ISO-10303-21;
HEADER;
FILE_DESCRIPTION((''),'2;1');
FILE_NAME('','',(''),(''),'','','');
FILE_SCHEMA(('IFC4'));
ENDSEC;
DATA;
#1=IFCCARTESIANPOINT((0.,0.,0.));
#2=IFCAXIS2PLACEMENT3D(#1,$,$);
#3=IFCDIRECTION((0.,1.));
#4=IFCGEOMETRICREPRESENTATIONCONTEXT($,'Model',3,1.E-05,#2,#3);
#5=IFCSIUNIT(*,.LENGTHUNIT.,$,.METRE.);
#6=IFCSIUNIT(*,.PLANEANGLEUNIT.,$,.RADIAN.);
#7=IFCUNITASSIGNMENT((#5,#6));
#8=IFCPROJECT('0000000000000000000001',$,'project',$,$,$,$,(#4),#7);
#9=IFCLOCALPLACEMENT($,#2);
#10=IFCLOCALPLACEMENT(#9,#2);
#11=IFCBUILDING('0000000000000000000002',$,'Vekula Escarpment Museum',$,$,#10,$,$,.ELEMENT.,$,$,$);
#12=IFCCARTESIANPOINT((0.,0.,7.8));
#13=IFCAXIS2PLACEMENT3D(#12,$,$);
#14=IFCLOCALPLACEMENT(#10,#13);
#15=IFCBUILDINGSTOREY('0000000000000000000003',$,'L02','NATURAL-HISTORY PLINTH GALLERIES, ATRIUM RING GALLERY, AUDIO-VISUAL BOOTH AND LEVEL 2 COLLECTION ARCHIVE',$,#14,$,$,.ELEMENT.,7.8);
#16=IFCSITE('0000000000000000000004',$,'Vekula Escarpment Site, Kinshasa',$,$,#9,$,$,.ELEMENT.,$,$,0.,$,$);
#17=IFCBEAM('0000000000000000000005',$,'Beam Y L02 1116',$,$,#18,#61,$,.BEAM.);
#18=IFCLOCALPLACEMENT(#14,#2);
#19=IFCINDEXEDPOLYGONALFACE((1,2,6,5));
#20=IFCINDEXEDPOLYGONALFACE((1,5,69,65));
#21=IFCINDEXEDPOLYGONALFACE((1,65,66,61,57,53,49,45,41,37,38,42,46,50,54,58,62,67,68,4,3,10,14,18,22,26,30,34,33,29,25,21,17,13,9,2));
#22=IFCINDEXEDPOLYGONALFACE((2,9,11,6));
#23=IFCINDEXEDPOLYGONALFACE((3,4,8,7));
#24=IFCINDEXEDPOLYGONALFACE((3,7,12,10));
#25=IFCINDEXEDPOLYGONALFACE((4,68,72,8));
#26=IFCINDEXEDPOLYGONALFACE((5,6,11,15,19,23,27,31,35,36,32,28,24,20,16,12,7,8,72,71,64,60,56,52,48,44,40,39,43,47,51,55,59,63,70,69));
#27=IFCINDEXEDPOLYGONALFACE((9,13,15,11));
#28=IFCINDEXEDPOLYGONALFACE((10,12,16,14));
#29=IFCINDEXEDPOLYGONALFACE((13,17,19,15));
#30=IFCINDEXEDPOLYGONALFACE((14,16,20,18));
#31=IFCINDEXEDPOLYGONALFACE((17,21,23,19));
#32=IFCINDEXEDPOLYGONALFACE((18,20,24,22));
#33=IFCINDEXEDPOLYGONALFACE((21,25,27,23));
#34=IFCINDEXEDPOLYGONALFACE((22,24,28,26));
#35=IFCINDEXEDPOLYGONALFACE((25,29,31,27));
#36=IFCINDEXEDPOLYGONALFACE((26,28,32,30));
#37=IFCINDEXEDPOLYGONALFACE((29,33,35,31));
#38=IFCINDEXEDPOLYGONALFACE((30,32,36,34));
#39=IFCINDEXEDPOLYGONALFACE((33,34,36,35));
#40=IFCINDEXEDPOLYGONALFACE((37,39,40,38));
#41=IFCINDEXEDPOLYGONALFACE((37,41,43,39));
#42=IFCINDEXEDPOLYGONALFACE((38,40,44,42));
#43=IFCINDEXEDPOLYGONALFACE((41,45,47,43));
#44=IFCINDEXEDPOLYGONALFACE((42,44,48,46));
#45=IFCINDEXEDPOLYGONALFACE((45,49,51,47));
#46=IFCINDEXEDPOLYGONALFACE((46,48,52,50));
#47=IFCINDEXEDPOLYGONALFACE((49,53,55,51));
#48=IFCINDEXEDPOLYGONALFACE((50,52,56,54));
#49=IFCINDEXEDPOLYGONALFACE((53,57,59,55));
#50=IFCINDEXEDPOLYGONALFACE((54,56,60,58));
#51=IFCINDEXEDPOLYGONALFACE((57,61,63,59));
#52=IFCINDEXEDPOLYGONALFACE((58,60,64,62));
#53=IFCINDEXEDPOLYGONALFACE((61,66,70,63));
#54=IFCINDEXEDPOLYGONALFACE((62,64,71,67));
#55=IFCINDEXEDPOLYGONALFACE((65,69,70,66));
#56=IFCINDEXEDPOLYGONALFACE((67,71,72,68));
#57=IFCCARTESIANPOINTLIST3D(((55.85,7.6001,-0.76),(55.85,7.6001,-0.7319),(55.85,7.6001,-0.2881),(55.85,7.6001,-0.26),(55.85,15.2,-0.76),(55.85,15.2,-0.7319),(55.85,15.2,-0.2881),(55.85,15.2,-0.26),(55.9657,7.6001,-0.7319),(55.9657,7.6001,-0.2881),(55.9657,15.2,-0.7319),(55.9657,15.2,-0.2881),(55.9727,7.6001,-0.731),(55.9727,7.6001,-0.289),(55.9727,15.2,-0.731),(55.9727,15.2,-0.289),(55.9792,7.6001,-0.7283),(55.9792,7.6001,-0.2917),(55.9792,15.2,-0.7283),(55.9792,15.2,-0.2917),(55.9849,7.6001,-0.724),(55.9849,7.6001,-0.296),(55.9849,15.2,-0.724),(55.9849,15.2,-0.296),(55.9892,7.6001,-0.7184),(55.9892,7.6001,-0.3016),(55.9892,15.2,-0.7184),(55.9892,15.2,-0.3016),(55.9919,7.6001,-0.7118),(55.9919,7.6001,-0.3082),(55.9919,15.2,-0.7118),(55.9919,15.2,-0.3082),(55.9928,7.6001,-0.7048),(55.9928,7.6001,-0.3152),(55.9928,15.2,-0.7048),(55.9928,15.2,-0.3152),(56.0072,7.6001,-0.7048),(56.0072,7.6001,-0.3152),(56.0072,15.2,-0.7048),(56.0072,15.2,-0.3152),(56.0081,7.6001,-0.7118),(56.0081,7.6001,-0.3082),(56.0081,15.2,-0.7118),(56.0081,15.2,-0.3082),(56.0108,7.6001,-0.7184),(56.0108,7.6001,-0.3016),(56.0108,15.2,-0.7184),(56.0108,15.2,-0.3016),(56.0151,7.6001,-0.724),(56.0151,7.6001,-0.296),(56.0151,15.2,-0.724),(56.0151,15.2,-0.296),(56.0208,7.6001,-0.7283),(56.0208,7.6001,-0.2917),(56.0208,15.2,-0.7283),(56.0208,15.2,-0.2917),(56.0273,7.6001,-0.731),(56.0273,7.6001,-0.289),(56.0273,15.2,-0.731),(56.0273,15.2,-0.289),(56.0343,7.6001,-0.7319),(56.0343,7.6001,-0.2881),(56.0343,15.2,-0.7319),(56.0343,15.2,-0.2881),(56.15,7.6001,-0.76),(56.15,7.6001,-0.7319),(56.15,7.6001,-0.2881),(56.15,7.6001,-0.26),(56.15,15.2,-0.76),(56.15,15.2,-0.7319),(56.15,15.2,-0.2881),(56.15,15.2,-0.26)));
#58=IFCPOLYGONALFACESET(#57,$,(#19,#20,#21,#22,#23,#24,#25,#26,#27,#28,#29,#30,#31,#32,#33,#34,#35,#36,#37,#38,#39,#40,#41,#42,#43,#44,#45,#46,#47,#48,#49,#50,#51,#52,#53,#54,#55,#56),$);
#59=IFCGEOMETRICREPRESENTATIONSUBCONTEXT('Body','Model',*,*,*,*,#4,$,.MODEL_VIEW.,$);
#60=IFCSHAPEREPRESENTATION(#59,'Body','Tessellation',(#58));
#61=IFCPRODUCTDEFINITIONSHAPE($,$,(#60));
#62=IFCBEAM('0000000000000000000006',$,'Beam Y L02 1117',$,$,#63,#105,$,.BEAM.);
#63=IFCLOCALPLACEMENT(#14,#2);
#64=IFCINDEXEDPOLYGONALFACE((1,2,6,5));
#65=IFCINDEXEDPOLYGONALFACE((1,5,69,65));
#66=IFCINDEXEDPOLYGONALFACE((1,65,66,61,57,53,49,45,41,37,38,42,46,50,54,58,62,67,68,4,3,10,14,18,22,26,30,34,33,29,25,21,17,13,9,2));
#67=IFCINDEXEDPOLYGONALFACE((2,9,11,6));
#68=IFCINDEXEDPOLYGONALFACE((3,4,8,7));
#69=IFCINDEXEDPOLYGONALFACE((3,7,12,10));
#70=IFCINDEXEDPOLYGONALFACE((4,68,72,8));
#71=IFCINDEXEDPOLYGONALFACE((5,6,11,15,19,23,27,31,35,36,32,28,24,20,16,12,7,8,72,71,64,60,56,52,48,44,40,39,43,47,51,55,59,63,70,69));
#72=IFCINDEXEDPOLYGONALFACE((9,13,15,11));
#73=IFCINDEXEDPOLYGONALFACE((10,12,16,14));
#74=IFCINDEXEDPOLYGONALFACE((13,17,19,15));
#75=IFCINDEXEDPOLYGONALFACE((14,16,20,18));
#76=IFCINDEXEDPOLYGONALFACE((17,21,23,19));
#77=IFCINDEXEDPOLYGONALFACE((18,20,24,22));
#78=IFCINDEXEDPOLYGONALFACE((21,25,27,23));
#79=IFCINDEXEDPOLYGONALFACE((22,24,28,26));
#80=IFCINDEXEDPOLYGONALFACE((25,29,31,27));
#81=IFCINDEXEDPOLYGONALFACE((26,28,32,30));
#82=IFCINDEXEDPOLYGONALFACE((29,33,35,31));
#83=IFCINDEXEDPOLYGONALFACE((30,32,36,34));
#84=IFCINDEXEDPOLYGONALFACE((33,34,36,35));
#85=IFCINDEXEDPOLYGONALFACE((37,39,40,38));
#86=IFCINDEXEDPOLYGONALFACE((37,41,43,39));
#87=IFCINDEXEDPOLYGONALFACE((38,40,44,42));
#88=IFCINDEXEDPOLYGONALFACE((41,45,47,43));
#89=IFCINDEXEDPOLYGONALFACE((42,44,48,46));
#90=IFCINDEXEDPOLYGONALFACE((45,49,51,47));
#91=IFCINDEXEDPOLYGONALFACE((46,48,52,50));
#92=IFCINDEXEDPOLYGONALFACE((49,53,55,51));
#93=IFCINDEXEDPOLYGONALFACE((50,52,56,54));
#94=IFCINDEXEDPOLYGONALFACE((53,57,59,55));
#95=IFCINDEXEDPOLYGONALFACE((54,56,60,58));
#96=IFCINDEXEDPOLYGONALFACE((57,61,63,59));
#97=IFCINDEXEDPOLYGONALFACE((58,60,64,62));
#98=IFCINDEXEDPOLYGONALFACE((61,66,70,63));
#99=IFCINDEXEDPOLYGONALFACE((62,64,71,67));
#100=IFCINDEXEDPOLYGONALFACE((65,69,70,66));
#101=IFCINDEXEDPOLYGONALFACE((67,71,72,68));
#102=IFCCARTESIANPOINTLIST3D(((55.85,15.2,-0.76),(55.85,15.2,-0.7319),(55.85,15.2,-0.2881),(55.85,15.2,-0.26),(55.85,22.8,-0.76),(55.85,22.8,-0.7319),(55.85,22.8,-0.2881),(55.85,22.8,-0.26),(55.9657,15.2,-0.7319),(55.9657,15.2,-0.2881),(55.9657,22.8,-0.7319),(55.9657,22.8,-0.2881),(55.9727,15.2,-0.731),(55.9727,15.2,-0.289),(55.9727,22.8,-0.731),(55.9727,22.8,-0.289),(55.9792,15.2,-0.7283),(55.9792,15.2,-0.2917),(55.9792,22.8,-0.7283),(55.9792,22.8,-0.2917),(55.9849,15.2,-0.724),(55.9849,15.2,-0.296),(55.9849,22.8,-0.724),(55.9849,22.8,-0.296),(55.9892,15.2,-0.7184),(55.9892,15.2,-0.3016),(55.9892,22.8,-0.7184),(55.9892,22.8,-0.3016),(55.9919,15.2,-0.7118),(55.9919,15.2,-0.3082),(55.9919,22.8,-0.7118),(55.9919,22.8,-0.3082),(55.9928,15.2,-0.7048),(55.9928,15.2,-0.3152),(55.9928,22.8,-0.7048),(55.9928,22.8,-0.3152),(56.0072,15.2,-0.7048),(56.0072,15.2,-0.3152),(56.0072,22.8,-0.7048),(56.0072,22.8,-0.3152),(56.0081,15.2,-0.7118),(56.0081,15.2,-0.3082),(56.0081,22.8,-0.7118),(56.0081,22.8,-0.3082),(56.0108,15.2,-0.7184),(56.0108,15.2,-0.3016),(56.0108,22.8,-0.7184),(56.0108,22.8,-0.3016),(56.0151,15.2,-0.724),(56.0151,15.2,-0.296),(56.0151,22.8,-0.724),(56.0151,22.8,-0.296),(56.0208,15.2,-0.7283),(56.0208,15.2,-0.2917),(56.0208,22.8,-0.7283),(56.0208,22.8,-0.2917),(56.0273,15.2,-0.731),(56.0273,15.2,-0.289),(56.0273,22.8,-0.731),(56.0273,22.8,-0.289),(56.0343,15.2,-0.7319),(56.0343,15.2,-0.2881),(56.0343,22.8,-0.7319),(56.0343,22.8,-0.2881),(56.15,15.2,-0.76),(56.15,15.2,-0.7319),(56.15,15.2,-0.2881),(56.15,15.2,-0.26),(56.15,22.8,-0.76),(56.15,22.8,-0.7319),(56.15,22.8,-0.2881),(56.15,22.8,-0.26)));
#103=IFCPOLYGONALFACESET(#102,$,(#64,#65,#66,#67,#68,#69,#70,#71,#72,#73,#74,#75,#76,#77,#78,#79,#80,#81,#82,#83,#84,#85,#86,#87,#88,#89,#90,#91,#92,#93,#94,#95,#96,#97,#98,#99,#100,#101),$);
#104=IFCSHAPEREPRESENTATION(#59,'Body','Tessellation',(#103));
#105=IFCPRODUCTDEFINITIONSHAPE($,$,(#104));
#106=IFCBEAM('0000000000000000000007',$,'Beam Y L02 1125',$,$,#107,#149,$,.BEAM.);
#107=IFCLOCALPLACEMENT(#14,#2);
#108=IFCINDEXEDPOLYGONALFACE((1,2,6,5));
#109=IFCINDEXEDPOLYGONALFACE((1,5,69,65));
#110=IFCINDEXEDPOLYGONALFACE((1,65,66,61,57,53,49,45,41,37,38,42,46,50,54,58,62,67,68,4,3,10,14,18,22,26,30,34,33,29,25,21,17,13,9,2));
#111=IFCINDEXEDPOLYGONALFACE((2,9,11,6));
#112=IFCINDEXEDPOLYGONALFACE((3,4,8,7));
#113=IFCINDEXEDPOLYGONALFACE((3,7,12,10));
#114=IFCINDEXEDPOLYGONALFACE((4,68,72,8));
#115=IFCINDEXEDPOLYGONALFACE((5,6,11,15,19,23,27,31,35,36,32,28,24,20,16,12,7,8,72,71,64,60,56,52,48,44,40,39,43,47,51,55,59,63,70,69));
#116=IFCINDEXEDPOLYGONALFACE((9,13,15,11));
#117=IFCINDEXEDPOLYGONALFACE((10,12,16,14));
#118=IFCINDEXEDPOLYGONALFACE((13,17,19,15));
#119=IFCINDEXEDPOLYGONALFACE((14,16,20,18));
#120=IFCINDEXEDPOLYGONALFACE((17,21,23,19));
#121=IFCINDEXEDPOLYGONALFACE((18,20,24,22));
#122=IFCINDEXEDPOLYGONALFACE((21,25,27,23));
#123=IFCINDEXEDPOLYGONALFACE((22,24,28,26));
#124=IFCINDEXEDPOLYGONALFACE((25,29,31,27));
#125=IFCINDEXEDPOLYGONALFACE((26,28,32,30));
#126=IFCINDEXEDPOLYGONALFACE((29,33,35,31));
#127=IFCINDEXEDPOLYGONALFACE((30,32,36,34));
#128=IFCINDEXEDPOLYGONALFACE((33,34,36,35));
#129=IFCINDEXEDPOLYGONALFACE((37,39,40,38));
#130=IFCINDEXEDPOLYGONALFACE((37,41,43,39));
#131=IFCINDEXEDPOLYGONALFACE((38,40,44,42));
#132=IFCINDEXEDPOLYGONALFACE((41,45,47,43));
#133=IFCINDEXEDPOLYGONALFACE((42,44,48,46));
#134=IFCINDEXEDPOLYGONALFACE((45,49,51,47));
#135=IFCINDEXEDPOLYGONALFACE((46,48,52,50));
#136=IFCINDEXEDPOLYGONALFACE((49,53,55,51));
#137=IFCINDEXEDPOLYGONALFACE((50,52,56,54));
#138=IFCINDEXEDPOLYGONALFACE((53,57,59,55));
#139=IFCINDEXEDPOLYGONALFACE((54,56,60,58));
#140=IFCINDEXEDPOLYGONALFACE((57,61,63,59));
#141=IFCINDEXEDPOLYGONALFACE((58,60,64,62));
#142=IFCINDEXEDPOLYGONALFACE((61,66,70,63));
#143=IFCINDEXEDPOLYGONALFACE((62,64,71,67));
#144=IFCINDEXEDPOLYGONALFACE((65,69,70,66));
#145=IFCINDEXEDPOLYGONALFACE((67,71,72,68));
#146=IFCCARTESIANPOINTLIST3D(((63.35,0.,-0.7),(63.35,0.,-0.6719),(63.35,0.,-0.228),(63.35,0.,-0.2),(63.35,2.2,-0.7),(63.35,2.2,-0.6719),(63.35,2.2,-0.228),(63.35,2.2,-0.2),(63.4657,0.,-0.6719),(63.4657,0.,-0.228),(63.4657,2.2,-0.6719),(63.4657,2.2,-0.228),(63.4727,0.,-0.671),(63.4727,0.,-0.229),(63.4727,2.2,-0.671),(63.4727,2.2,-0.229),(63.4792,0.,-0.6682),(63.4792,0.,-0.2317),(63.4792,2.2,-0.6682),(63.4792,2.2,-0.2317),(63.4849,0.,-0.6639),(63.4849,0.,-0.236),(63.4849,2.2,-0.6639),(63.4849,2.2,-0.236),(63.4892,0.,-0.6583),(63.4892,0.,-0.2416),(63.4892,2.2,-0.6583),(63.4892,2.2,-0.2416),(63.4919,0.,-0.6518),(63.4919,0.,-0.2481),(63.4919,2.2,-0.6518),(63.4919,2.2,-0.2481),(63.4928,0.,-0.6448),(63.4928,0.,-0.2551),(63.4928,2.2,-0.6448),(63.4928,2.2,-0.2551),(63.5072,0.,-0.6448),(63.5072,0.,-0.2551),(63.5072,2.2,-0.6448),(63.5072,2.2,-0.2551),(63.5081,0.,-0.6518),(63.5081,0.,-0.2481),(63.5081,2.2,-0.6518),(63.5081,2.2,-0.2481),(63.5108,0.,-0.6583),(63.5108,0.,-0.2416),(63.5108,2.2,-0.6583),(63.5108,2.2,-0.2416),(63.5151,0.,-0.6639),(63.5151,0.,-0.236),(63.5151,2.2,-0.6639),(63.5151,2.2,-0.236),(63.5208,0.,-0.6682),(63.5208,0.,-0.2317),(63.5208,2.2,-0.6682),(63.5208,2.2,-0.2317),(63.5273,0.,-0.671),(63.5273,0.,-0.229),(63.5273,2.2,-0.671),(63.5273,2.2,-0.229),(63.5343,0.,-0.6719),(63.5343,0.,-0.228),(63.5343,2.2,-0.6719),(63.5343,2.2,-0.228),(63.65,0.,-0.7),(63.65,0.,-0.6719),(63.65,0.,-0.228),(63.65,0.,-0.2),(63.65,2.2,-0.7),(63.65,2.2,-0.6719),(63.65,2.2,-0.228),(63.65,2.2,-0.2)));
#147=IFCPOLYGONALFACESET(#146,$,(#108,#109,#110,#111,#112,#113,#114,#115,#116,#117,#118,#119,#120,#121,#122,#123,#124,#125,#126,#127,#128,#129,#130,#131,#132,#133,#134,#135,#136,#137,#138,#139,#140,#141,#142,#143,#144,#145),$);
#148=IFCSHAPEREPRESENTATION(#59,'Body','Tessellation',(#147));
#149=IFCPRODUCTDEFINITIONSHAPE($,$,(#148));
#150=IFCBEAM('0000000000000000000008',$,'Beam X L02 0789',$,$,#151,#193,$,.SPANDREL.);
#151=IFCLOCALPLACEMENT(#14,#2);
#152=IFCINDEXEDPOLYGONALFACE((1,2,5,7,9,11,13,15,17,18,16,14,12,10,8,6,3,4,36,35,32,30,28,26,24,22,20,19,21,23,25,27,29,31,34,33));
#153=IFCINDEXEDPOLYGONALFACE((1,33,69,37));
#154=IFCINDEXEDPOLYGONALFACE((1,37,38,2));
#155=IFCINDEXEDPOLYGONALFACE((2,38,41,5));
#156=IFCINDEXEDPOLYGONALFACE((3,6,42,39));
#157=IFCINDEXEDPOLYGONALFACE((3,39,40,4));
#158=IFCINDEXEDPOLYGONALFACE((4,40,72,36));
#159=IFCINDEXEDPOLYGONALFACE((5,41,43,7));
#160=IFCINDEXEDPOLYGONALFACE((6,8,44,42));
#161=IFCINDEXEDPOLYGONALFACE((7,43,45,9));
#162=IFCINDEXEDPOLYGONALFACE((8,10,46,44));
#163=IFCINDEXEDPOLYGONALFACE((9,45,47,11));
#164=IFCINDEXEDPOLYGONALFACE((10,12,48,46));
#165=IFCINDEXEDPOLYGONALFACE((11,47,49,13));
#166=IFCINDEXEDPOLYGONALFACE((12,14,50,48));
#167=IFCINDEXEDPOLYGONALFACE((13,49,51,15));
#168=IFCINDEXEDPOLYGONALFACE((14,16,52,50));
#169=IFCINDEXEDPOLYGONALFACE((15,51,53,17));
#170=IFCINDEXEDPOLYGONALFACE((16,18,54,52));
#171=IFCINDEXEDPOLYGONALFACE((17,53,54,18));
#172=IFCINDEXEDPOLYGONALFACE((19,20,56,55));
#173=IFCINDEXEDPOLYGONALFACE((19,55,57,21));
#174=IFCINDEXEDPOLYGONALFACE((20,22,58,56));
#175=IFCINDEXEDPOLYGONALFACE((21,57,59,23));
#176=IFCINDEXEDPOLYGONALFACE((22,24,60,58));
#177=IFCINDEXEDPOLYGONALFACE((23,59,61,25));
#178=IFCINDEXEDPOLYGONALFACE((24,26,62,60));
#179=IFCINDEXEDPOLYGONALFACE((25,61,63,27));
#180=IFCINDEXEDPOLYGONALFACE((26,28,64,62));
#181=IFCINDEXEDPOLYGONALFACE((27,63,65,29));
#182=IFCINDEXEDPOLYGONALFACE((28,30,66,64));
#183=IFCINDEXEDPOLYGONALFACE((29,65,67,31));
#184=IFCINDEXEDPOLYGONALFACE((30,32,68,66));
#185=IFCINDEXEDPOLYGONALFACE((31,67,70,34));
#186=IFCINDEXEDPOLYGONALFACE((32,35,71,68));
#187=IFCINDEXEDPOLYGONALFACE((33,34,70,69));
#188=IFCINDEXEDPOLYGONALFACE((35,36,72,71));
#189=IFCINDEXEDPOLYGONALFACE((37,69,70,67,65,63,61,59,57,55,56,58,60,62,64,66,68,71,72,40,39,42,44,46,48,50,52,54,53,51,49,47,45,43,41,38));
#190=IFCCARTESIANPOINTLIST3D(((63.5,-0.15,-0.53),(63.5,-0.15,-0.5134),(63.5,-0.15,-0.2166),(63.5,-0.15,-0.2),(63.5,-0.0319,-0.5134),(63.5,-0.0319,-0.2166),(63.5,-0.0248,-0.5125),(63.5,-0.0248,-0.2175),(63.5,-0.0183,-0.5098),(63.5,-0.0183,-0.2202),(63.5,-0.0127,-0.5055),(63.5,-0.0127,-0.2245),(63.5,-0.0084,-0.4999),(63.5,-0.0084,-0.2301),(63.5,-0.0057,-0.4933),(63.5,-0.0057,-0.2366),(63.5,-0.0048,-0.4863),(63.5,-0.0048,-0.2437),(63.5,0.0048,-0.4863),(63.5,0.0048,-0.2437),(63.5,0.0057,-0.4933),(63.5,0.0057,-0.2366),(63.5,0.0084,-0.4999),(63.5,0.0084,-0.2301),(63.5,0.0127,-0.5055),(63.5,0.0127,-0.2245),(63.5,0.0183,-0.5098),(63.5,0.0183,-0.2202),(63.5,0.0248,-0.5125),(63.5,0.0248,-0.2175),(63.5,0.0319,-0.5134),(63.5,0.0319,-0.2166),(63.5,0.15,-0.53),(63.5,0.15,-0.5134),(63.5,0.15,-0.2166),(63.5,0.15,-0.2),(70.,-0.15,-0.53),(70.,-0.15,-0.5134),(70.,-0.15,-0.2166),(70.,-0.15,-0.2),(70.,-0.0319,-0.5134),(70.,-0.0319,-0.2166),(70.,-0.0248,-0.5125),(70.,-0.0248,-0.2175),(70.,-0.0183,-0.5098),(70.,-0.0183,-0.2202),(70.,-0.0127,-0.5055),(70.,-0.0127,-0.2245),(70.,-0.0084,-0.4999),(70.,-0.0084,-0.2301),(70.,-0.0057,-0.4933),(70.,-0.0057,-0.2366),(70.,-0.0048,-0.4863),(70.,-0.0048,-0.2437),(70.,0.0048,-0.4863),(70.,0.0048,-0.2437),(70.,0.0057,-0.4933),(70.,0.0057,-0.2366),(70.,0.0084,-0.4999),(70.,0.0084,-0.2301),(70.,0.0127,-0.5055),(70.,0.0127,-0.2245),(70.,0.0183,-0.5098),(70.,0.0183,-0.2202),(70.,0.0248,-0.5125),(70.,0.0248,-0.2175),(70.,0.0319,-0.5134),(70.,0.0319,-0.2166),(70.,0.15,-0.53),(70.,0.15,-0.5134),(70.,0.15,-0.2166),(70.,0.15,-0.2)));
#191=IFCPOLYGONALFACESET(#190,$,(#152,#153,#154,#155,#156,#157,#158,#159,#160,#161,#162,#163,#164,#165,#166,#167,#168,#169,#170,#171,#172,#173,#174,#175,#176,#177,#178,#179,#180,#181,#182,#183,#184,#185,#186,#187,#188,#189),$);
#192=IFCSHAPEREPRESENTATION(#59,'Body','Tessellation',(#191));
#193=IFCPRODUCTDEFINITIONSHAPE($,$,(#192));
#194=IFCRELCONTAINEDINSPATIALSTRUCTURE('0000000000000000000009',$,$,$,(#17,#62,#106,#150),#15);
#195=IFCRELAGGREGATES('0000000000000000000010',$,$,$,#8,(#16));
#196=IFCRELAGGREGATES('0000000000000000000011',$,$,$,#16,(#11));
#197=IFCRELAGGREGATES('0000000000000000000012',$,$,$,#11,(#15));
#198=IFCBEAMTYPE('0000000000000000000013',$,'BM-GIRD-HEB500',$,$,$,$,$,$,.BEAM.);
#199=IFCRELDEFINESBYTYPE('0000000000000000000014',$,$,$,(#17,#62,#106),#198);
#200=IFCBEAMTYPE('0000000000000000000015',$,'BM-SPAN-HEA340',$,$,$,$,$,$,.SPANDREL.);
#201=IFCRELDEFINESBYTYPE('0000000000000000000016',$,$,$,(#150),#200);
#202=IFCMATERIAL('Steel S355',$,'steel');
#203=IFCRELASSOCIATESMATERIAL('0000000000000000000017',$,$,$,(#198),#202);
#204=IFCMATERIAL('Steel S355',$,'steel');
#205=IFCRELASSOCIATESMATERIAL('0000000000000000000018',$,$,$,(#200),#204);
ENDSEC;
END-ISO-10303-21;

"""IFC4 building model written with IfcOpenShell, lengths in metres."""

from ifc_helpers import new_model, si_unit, direction, frame, origin, origin_2d, place, context, subcontext, project, spatial, i_section, extrude, material, material_profile, profile_set, type_object, element, save


model = new_model("IFC4")

# Units and contexts
model_context = context("Model", 3, precision=1e-05, world=origin(), true_north=direction((0.0, 1.0)))
body_context = subcontext(model_context, "Body", "Model", "MODEL_VIEW")
ifc_project = project(units=[si_unit("LENGTHUNIT", "METRE"), si_unit("PLANEANGLEUNIT", "RADIAN")], contexts=[model_context])

# Site, building, storey
site_placement = place(None, origin())
site = spatial("IfcSite", under=ifc_project, at=site_placement, Name="Vekula Escarpment Site, Kinshasa", CompositionType="ELEMENT", RefElevation=0.0)
building_placement = place(site_placement, origin())
building = spatial("IfcBuilding", under=site, at=building_placement, Name="Vekula Escarpment Museum", CompositionType="ELEMENT")
storey_placement = place(building_placement, frame((0.0, 0.0, 7.8)))
storey = spatial("IfcBuildingStorey", under=building, at=storey_placement, Name="L02", Description="NATURAL-HISTORY PLINTH GALLERIES, ATRIUM RING GALLERY, AUDIO-VISUAL BOOTH AND LEVEL 2 COLLECTION ARCHIVE", CompositionType="ELEMENT", Elevation=7.8)

# Beams
ifc_material_1 = material(Name="Steel S355", Category="steel")
ifc_material_profile_1 = material_profile(ifc_material_1, i_section(OverallWidth=0.3, OverallDepth=0.5, WebThickness=0.0144, FlangeThickness=0.0281, FilletRadius=0.0271, at=origin_2d()), Name="HEB 500")
ifc_profile_set_1 = profile_set([ifc_material_profile_1], Name="Steel S355")
beam_type_1 = type_object("IfcBeamType", Name="BM-GIRD-HEB500", PredefinedType="BEAM", material=ifc_profile_set_1)
beam_1_placement = place(storey_placement, frame((56.0, 7.6001, -0.51), z_axis=(0.0, 1.0, 0.0), x_axis=(-1.0, 0.0, 0.0)))
element("IfcBeam", 1, at=beam_1_placement, inside=storey, type_object=beam_type_1, Name="Beam Y L02 1116", PredefinedType="BEAM", context=body_context, shape_type="SweptSolid", body=[
    extrude(i_section(OverallWidth=0.3, OverallDepth=0.5, WebThickness=0.0144, FlangeThickness=0.0281, FilletRadius=0.0271, at=origin_2d()), origin(), (0.0, 0.0, 1.0), 7.5999),
])
beam_2_placement = place(storey_placement, frame((56.0, 15.2, -0.51), z_axis=(0.0, 1.0, 0.0), x_axis=(-1.0, 0.0, 0.0)))
element("IfcBeam", 2, at=beam_2_placement, inside=storey, type_object=beam_type_1, Name="Beam Y L02 1117", PredefinedType="BEAM", context=body_context, shape_type="SweptSolid", body=[
    extrude(i_section(OverallWidth=0.3, OverallDepth=0.5, WebThickness=0.0144, FlangeThickness=0.0281, FilletRadius=0.0271, at=origin_2d()), origin(), (0.0, 0.0, 1.0), 7.6001),
])
beam_3_placement = place(storey_placement, frame((63.5, 0.0, -0.45), z_axis=(0.0, 1.0, 0.0), x_axis=(-1.0, 0.0, 0.0)))
element("IfcBeam", 3, at=beam_3_placement, inside=storey, type_object=beam_type_1, Name="Beam Y L02 1125", PredefinedType="BEAM", context=body_context, shape_type="SweptSolid", body=[
    extrude(i_section(OverallWidth=0.3, OverallDepth=0.5, WebThickness=0.0144, FlangeThickness=0.0281, FilletRadius=0.0271, at=origin_2d()), origin(), (0.0, 0.0, 1.0), 2.2),
])
ifc_material_2 = material(Name="Steel S355", Category="steel")
ifc_material_profile_2 = material_profile(ifc_material_2, i_section(OverallWidth=0.3, OverallDepth=0.3301, WebThickness=0.0095, FlangeThickness=0.0166, FilletRadius=0.0271, at=origin_2d()), Name="HEA 340")
ifc_profile_set_2 = profile_set([ifc_material_profile_2], Name="Steel S355")
beam_type_2 = type_object("IfcBeamType", Name="BM-SPAN-HEA340", PredefinedType="SPANDREL", material=ifc_profile_set_2)
beam_4_placement = place(storey_placement, frame((63.5, 0.0, -0.365), z_axis=(1.0, 0.0, 0.0), x_axis=(0.0, 1.0, 0.0)))
element("IfcBeam", 4, at=beam_4_placement, inside=storey, type_object=beam_type_2, Name="Beam X L02 0789", PredefinedType="SPANDREL", context=body_context, shape_type="SweptSolid", body=[
    extrude(i_section(OverallWidth=0.3, OverallDepth=0.3301, WebThickness=0.0095, FlangeThickness=0.0166, FilletRadius=0.0271, at=origin_2d()), origin(), (0.0, 0.0, 1.0), 6.5),
])

save(model, "model.ifc")
